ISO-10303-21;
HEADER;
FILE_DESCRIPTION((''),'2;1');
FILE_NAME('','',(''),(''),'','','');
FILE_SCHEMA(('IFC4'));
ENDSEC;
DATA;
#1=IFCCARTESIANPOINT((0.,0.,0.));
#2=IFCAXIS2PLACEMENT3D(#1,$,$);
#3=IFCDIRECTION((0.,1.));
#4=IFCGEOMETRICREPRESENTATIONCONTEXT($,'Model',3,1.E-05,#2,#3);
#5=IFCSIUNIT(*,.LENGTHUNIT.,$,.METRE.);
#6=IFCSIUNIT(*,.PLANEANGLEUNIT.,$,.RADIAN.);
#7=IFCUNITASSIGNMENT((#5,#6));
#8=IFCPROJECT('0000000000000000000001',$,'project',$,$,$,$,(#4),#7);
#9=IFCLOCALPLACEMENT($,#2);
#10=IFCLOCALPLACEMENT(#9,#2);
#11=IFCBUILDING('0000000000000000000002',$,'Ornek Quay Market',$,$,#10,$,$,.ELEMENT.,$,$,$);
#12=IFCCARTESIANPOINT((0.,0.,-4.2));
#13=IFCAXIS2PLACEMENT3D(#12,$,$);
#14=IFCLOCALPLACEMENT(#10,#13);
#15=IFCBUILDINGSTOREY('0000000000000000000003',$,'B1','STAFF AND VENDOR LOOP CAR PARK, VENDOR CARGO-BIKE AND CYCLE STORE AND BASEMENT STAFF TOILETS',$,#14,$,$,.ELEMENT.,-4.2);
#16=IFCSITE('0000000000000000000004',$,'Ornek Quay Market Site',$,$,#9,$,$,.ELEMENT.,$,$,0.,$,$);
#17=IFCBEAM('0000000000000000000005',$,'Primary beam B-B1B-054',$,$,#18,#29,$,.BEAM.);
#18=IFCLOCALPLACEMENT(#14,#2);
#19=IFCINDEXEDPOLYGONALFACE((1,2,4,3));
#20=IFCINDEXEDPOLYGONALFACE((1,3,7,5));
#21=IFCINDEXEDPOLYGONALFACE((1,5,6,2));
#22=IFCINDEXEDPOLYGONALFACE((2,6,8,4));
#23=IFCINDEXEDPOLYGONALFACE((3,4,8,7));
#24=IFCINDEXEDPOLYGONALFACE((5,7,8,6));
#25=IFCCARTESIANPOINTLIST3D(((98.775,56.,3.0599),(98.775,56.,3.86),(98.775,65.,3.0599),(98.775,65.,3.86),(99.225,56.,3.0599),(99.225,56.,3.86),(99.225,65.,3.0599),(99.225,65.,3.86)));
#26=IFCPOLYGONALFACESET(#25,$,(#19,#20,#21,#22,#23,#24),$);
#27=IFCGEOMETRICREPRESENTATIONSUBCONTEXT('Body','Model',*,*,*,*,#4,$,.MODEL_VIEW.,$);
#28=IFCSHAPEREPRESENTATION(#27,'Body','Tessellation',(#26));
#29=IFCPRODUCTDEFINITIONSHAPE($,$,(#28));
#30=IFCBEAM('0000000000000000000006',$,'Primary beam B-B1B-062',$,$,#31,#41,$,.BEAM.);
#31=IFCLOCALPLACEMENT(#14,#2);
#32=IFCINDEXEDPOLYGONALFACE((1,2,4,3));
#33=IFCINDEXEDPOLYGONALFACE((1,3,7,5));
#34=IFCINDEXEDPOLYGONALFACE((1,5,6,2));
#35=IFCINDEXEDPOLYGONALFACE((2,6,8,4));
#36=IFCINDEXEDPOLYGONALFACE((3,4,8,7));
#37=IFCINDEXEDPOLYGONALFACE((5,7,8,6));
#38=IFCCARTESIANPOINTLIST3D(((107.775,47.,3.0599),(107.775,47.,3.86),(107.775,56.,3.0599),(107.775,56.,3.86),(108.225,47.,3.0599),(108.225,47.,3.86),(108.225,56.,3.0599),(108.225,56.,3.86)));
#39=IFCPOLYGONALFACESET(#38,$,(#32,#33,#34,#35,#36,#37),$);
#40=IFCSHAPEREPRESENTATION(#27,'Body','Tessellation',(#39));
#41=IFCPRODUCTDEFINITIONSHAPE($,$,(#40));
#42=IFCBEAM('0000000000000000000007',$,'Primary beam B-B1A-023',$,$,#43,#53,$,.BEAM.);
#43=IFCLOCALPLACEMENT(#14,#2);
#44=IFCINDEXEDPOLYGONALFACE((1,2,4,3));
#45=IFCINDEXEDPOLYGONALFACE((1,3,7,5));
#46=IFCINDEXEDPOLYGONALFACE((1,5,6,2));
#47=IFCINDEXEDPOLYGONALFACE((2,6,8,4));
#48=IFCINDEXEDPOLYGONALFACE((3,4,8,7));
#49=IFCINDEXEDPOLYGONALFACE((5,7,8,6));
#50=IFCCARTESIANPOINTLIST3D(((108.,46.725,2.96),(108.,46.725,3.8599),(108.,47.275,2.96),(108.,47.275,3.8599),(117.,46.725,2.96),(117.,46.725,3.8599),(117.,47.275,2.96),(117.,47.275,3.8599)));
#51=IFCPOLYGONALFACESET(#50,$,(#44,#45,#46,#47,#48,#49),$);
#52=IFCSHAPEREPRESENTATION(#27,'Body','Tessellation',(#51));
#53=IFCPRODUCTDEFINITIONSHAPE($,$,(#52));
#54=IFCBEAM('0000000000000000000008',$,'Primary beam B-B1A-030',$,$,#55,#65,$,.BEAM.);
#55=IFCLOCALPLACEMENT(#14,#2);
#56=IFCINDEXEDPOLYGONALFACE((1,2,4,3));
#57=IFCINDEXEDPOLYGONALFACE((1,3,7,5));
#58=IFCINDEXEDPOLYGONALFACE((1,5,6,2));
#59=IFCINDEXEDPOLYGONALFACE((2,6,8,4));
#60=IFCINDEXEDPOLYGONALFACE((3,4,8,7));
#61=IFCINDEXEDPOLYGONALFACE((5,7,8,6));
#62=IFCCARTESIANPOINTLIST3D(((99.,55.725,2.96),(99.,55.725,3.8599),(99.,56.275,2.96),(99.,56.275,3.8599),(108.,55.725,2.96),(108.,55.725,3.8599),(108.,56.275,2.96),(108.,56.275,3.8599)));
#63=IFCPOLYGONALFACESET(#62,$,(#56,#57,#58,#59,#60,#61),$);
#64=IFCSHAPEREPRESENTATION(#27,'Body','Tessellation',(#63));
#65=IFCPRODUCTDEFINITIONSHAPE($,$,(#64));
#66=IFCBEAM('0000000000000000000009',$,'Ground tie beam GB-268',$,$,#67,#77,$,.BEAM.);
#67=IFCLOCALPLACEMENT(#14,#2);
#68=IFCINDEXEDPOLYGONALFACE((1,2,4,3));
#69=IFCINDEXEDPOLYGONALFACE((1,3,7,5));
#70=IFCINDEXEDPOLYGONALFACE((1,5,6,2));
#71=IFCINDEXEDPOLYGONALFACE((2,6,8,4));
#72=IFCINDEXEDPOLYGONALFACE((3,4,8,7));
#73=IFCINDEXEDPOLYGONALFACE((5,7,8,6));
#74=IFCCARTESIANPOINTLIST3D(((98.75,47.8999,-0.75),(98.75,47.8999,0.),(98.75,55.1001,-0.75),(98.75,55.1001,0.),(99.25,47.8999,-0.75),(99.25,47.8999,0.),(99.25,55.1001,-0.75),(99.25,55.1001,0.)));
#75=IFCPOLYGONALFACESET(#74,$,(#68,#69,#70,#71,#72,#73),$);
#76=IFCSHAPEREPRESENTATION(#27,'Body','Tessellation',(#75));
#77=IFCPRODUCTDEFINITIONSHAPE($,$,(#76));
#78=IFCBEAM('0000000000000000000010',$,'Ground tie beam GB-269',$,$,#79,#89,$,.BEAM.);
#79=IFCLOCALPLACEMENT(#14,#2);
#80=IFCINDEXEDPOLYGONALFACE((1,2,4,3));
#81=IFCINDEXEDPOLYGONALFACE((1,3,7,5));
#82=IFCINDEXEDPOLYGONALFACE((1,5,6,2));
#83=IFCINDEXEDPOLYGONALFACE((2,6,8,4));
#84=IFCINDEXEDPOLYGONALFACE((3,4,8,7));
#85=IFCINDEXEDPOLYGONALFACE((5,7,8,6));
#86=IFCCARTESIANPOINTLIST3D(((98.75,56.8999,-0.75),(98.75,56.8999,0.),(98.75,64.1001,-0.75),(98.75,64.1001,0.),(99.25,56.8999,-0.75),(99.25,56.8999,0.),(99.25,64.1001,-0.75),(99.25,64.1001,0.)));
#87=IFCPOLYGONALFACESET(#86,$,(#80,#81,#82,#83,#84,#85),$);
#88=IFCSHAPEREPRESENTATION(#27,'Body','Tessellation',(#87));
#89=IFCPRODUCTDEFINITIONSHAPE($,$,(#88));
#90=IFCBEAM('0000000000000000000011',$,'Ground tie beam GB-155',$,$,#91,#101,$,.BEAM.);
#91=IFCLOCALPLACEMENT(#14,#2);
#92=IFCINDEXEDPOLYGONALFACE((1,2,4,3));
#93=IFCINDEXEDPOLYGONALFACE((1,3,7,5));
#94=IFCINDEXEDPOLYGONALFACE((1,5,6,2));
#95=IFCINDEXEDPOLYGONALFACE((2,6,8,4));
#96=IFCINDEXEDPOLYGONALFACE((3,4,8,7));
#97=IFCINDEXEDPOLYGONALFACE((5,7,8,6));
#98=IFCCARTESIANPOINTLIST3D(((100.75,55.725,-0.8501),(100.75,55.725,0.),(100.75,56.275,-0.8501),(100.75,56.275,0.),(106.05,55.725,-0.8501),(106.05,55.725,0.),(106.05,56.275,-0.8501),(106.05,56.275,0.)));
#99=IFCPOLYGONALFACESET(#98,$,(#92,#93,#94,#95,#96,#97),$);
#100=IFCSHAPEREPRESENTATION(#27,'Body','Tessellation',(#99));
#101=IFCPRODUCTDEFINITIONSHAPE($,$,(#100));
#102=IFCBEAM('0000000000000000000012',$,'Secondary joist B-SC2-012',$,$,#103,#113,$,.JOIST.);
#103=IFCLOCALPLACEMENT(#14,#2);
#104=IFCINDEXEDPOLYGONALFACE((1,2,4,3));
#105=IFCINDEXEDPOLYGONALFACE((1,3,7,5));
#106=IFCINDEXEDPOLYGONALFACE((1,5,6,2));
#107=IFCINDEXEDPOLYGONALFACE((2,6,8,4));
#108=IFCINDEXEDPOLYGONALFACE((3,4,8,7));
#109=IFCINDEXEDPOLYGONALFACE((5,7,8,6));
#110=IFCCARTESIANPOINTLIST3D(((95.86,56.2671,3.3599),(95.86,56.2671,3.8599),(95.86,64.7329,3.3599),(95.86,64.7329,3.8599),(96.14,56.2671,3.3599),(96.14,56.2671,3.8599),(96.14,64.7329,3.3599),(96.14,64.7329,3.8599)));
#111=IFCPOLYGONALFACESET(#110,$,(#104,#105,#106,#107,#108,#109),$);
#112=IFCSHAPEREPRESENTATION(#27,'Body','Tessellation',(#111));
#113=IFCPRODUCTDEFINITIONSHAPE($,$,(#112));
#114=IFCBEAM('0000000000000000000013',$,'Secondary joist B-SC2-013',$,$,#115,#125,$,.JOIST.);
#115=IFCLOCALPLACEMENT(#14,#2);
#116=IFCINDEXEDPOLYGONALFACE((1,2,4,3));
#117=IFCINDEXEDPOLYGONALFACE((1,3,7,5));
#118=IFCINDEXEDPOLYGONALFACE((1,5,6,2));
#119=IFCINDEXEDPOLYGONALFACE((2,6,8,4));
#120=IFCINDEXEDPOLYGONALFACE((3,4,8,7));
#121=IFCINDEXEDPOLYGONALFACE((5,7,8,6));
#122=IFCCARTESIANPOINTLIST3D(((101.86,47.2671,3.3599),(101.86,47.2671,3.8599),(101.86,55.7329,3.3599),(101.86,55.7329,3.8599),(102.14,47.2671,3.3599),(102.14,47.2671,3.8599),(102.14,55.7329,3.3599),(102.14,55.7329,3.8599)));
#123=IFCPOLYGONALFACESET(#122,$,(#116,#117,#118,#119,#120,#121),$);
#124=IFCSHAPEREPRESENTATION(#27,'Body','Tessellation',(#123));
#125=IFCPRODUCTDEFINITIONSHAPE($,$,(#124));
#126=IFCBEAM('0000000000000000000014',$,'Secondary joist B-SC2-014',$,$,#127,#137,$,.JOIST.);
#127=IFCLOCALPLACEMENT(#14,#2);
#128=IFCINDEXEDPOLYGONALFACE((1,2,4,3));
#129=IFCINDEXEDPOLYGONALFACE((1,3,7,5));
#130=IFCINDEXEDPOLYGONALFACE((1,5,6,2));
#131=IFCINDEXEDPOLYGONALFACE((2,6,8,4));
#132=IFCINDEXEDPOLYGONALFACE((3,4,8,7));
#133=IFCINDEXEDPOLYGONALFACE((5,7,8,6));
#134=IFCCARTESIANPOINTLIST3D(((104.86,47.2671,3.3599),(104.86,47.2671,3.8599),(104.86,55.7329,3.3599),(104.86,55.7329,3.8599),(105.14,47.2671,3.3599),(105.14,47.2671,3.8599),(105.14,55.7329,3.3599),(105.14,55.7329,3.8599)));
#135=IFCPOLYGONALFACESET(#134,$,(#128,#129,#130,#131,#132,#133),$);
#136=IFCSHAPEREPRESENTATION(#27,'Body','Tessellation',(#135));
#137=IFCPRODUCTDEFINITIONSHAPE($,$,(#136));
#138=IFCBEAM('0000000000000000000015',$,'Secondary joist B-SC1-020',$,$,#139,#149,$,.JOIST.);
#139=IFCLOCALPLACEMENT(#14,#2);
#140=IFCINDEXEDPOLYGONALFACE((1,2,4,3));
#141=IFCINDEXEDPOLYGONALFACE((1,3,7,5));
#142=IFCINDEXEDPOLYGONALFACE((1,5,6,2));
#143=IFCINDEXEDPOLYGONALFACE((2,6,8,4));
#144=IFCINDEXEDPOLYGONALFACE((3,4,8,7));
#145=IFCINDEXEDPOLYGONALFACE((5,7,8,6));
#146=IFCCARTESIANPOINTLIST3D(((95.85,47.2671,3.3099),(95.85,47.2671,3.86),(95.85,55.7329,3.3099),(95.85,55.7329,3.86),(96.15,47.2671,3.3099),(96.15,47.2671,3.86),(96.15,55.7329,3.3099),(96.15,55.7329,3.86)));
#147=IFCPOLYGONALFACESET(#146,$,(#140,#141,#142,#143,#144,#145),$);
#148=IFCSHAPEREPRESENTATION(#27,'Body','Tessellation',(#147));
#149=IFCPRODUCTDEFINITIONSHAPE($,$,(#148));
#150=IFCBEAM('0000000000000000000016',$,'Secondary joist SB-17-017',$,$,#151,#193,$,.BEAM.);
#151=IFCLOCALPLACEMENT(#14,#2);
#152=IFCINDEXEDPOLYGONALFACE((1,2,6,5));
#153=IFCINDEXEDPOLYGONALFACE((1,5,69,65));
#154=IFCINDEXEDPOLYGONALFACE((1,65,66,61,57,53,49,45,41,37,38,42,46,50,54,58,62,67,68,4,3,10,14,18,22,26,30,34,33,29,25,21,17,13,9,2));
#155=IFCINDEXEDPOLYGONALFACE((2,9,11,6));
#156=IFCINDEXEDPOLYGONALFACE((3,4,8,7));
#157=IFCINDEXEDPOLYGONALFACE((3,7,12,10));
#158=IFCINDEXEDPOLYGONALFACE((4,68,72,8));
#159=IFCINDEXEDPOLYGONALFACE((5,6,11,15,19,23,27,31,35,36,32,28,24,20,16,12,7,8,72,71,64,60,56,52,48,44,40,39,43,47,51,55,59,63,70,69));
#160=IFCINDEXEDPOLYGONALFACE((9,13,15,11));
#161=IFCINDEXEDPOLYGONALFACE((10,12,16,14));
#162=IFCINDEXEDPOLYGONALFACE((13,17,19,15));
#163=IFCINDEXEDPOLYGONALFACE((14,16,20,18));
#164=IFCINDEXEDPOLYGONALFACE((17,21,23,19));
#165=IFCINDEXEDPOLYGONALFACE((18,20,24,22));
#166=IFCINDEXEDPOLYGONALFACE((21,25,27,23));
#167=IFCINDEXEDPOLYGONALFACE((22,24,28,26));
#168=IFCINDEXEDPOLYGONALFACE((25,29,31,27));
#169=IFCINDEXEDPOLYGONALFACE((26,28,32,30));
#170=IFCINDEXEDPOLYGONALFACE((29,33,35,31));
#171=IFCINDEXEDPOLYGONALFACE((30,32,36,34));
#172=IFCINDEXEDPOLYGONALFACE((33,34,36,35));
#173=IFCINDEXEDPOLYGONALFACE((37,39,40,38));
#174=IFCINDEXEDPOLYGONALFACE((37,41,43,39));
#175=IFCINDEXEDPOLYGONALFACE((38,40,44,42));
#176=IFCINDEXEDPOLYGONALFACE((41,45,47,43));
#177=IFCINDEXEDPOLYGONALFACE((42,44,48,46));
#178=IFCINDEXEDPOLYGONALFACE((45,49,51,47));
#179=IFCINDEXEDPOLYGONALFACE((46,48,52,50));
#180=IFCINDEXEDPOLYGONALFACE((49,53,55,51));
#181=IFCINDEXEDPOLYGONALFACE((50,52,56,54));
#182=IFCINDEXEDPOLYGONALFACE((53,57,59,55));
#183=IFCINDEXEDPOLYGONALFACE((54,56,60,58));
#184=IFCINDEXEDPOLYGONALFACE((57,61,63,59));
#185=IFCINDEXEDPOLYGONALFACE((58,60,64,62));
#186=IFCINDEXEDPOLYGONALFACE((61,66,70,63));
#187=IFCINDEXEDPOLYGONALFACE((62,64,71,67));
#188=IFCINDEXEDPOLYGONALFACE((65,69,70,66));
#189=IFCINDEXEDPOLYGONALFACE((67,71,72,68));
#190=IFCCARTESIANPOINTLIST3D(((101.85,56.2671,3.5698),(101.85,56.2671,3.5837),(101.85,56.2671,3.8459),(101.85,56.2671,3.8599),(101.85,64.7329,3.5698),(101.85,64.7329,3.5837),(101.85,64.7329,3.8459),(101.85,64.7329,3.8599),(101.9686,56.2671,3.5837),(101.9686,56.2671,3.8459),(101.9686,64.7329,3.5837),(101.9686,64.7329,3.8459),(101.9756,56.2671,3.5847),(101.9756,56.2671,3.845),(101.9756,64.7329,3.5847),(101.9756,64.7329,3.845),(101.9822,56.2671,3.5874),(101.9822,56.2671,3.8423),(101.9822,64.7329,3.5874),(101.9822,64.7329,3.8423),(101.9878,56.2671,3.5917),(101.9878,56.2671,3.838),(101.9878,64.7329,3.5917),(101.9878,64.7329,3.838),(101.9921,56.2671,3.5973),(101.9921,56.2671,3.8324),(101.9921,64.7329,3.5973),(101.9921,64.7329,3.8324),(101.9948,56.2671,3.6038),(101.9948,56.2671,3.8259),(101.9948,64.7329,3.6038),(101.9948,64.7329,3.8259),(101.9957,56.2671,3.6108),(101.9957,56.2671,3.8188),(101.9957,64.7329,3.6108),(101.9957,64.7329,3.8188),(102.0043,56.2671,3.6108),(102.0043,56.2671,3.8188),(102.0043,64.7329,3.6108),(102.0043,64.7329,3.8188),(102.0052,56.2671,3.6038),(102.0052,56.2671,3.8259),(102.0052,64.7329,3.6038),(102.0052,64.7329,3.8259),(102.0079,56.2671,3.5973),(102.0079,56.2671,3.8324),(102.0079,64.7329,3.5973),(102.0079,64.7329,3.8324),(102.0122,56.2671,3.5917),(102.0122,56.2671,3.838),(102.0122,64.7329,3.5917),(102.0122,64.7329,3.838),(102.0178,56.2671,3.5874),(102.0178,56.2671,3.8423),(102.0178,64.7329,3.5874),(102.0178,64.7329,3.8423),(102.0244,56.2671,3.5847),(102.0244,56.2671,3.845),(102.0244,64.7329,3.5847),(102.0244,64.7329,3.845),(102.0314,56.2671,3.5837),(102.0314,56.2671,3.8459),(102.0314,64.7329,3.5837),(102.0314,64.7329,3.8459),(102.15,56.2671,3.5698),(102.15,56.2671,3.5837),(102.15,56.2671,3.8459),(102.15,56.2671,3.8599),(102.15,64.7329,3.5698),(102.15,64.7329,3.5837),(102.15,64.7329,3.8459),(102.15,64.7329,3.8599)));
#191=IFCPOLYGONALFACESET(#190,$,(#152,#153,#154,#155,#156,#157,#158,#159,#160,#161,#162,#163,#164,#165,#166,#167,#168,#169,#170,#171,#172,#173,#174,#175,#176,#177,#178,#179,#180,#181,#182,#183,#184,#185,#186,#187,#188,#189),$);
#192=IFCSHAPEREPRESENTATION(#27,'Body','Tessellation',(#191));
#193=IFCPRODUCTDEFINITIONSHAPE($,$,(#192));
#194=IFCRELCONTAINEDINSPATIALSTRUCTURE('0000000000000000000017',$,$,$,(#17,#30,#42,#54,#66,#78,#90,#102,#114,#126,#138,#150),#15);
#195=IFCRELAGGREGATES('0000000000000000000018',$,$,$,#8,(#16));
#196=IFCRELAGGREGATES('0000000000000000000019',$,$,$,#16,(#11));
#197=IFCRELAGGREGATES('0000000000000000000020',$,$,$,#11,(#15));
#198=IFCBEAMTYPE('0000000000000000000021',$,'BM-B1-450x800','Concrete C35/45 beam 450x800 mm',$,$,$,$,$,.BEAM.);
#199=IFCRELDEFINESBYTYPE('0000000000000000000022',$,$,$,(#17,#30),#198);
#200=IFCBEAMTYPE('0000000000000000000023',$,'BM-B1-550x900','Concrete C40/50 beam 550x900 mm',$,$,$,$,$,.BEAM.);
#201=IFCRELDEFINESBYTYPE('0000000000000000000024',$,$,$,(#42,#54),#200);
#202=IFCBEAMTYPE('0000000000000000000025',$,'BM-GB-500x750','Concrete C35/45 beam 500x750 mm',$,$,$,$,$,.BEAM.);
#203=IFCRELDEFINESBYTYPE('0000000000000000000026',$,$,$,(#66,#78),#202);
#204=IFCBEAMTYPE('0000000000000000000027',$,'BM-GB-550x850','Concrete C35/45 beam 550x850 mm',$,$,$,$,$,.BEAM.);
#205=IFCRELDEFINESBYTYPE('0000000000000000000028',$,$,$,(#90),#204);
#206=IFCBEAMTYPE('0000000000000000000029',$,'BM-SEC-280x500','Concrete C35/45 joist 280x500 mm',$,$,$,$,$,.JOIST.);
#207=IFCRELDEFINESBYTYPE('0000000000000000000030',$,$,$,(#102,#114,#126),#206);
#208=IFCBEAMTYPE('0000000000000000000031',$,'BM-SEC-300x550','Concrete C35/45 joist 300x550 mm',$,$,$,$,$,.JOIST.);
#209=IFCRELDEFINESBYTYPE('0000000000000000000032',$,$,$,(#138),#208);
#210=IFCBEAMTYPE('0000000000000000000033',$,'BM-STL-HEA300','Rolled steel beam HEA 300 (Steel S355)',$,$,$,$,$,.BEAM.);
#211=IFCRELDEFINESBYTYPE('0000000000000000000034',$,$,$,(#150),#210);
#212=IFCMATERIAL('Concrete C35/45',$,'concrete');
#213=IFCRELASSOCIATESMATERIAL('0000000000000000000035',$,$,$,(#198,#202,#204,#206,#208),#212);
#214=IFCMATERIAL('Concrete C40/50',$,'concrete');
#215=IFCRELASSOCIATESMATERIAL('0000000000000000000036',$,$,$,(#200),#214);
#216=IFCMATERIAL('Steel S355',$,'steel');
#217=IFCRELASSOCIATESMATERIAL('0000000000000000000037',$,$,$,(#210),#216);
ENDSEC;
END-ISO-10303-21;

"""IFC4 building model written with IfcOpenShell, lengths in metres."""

from ifc_helpers import new_model, si_unit, direction, frame, origin, origin_2d, place, context, subcontext, project, spatial, rectangle, i_section, extrude, material, material_profile, profile_set, type_object, element, save


model = new_model("IFC4")

# Units and contexts
model_context = context("Model", 3, precision=1e-05, world=origin(), true_north=direction((0.0, 1.0)))
body_context = subcontext(model_context, "Body", "Model", "MODEL_VIEW")
ifc_project = project(units=[si_unit("LENGTHUNIT", "METRE"), si_unit("PLANEANGLEUNIT", "RADIAN")], contexts=[model_context])

# Site, building, storey
site_placement = place(None, origin())
site = spatial("IfcSite", under=ifc_project, at=site_placement, Name="Ornek Quay Market Site", CompositionType="ELEMENT", RefElevation=0.0)
building_placement = place(site_placement, origin())
building = spatial("IfcBuilding", under=site, at=building_placement, Name="Ornek Quay Market", CompositionType="ELEMENT")
storey_placement = place(building_placement, frame((0.0, 0.0, -4.2)))
storey = spatial("IfcBuildingStorey", under=building, at=storey_placement, Name="B1", Description="STAFF AND VENDOR LOOP CAR PARK, VENDOR CARGO-BIKE AND CYCLE STORE AND BASEMENT STAFF TOILETS", CompositionType="ELEMENT", Elevation=-4.2)

# Shared definitions
ifc_material_1 = material(Name="Concrete C35/45", Category="concrete")

# Shared definitions
ifc_material_2 = material(Name="Concrete C40/50", Category="concrete")

# Beams
ifc_material_profile_1 = material_profile(ifc_material_1, rectangle(XDim=0.45, YDim=0.8, at=origin_2d()), Name="RC 450x800", Category="concrete")
ifc_profile_set_1 = profile_set([ifc_material_profile_1], Name="Concrete C35/45")
beam_type_1 = type_object("IfcBeamType", Name="BM-B1-450x800", Description="Concrete C35/45 beam 450x800 mm", PredefinedType="BEAM", material=ifc_profile_set_1)
for number, where, z_axis, x_axis, name in (
    (1, (99.0, 56.0, 3.46), (0.0, 1.0, 0.0), (-1.0, 0.0, 0.0), "Primary beam B-B1B-054"),
    (2, (108.0, 47.0, 3.46), (0.0, 1.0, 0.0), (-1.0, 0.0, 0.0), "Primary beam B-B1B-062"),
):
    element("IfcBeam", number, at=place(storey_placement, frame(where, z_axis=z_axis, x_axis=x_axis)), inside=storey, type_object=beam_type_1, Name=name, PredefinedType="BEAM", context=body_context, shape_type="SweptSolid", body=[
        extrude(rectangle(XDim=0.45, YDim=0.8, at=origin_2d()), origin(), (0.0, 0.0, 1.0), 9.0),
    ])
ifc_material_profile_2 = material_profile(ifc_material_2, rectangle(XDim=0.55, YDim=0.8999, at=origin_2d()), Name="RC 550x900", Category="concrete")
ifc_profile_set_2 = profile_set([ifc_material_profile_2], Name="Concrete C40/50")
beam_type_2 = type_object("IfcBeamType", Name="BM-B1-550x900", Description="Concrete C40/50 beam 550x900 mm", PredefinedType="BEAM", material=ifc_profile_set_2)
for number, where, z_axis, x_axis, name in (
    (3, (108.0, 47.0, 3.4099), (1.0, 0.0, 0.0), (0.0, 1.0, 0.0), "Primary beam B-B1A-023"),
    (4, (99.0, 56.0, 3.4099), (1.0, 0.0, 0.0), (0.0, 1.0, 0.0), "Primary beam B-B1A-030"),
):
    element("IfcBeam", number, at=place(storey_placement, frame(where, z_axis=z_axis, x_axis=x_axis)), inside=storey, type_object=beam_type_2, Name=name, PredefinedType="BEAM", context=body_context, shape_type="SweptSolid", body=[
        extrude(rectangle(XDim=0.55, YDim=0.8999, at=origin_2d()), origin(), (0.0, 0.0, 1.0), 9.0),
    ])
ifc_material_profile_3 = material_profile(ifc_material_1, rectangle(XDim=0.5, YDim=0.75, at=origin_2d()), Name="RC 500x750", Category="concrete")
ifc_profile_set_3 = profile_set([ifc_material_profile_3], Name="Concrete C35/45")
beam_type_3 = type_object("IfcBeamType", Name="BM-GB-500x750", Description="Concrete C35/45 beam 500x750 mm", PredefinedType="BEAM", material=ifc_profile_set_3)
for number, where, z_axis, x_axis, name in (
    (5, (99.0, 47.8999, -0.375), (0.0, 1.0, 0.0), (-1.0, 0.0, 0.0), "Ground tie beam GB-268"),
    (6, (99.0, 56.8999, -0.375), (0.0, 1.0, 0.0), (-1.0, 0.0, 0.0), "Ground tie beam GB-269"),
):
    element("IfcBeam", number, at=place(storey_placement, frame(where, z_axis=z_axis, x_axis=x_axis)), inside=storey, type_object=beam_type_3, Name=name, PredefinedType="BEAM", context=body_context, shape_type="SweptSolid", body=[
        extrude(rectangle(XDim=0.5, YDim=0.75, at=origin_2d()), origin(), (0.0, 0.0, 1.0), 7.2002),
    ])
ifc_material_profile_4 = material_profile(ifc_material_1, rectangle(XDim=0.55, YDim=0.8501, at=origin_2d()), Name="RC 550x850", Category="concrete")
ifc_profile_set_4 = profile_set([ifc_material_profile_4], Name="Concrete C35/45")
beam_type_4 = type_object("IfcBeamType", Name="BM-GB-550x850", Description="Concrete C35/45 beam 550x850 mm", PredefinedType="BEAM", material=ifc_profile_set_4)
beam_1_placement = place(storey_placement, frame((100.75, 56.0, -0.425), z_axis=(1.0, 0.0, 0.0), x_axis=(0.0, 1.0, 0.0)))
element("IfcBeam", 7, at=beam_1_placement, inside=storey, type_object=beam_type_4, Name="Ground tie beam GB-155", PredefinedType="BEAM", context=body_context, shape_type="SweptSolid", body=[
    extrude(rectangle(XDim=0.55, YDim=0.8501, at=origin_2d()), origin(), (0.0, 0.0, 1.0), 5.3),
])
ifc_material_profile_5 = material_profile(ifc_material_1, rectangle(XDim=0.28, YDim=0.5, at=origin_2d()), Name="RC 280x500", Category="concrete")
ifc_profile_set_5 = profile_set([ifc_material_profile_5], Name="Concrete C35/45")
beam_type_5 = type_object("IfcBeamType", Name="BM-SEC-280x500", Description="Concrete C35/45 joist 280x500 mm", PredefinedType="JOIST", material=ifc_profile_set_5)
for number, where, z_axis, x_axis, name in (
    (8, (96.0, 56.2671, 3.6099), (0.0, 1.0, 0.0), (-1.0, 0.0, 0.0), "Secondary joist B-SC2-012"),
    (9, (102.0, 47.2671, 3.6099), (0.0, 1.0, 0.0), (-1.0, 0.0, 0.0), "Secondary joist B-SC2-013"),
    (10, (105.0, 47.2671, 3.6099), (0.0, 1.0, 0.0), (-1.0, 0.0, 0.0), "Secondary joist B-SC2-014"),
):
    element("IfcBeam", number, at=place(storey_placement, frame(where, z_axis=z_axis, x_axis=x_axis)), inside=storey, type_object=beam_type_5, Name=name, PredefinedType="JOIST", context=body_context, shape_type="SweptSolid", body=[
        extrude(rectangle(XDim=0.28, YDim=0.5, at=origin_2d()), origin(), (0.0, 0.0, 1.0), 8.4658),
    ])
ifc_material_profile_6 = material_profile(ifc_material_1, rectangle(XDim=0.3, YDim=0.55, at=origin_2d()), Name="RC 300x550", Category="concrete")
ifc_profile_set_6 = profile_set([ifc_material_profile_6], Name="Concrete C35/45")
beam_type_6 = type_object("IfcBeamType", Name="BM-SEC-300x550", Description="Concrete C35/45 joist 300x550 mm", PredefinedType="JOIST", material=ifc_profile_set_6)
beam_2_placement = place(storey_placement, frame((96.0, 47.2671, 3.585), z_axis=(0.0, 1.0, 0.0), x_axis=(-1.0, 0.0, 0.0)))
element("IfcBeam", 11, at=beam_2_placement, inside=storey, type_object=beam_type_6, Name="Secondary joist B-SC1-020", PredefinedType="JOIST", context=body_context, shape_type="SweptSolid", body=[
    extrude(rectangle(XDim=0.3, YDim=0.55, at=origin_2d()), origin(), (0.0, 0.0, 1.0), 8.4658),
])
ifc_material_3 = material(Name="Steel S355", Category="steel")
ifc_material_profile_7 = material_profile(ifc_material_3, i_section(OverallWidth=0.3, OverallDepth=0.29, WebThickness=0.0085, FlangeThickness=0.0139, FilletRadius=0.0271, at=origin_2d()), Name="HEA 300", Category="steel")
ifc_profile_set_7 = profile_set([ifc_material_profile_7], Name="Steel S355")
beam_type_7 = type_object("IfcBeamType", Name="BM-STL-HEA300", Description="Rolled steel beam HEA 300 (Steel S355)", PredefinedType="BEAM", material=ifc_profile_set_7)
for number, where, z_axis, x_axis, name in (
    (12, (102.0, 56.2671, 3.7148), (0.0, 1.0, 0.0), (-1.0, 0.0, 0.0), "Secondary joist SB-17-017"),
):
    element("IfcBeam", number, at=place(storey_placement, frame(where, z_axis=z_axis, x_axis=x_axis)), inside=storey, type_object=beam_type_7, Name=name, PredefinedType="BEAM", context=body_context, shape_type="SweptSolid", body=[
        extrude(i_section(OverallWidth=0.3, OverallDepth=0.29, WebThickness=0.0085, FlangeThickness=0.0139, FilletRadius=0.0271, at=origin_2d()), origin(), (0.0, 0.0, 1.0), 8.4658),
    ])

save(model, "model.ifc")
